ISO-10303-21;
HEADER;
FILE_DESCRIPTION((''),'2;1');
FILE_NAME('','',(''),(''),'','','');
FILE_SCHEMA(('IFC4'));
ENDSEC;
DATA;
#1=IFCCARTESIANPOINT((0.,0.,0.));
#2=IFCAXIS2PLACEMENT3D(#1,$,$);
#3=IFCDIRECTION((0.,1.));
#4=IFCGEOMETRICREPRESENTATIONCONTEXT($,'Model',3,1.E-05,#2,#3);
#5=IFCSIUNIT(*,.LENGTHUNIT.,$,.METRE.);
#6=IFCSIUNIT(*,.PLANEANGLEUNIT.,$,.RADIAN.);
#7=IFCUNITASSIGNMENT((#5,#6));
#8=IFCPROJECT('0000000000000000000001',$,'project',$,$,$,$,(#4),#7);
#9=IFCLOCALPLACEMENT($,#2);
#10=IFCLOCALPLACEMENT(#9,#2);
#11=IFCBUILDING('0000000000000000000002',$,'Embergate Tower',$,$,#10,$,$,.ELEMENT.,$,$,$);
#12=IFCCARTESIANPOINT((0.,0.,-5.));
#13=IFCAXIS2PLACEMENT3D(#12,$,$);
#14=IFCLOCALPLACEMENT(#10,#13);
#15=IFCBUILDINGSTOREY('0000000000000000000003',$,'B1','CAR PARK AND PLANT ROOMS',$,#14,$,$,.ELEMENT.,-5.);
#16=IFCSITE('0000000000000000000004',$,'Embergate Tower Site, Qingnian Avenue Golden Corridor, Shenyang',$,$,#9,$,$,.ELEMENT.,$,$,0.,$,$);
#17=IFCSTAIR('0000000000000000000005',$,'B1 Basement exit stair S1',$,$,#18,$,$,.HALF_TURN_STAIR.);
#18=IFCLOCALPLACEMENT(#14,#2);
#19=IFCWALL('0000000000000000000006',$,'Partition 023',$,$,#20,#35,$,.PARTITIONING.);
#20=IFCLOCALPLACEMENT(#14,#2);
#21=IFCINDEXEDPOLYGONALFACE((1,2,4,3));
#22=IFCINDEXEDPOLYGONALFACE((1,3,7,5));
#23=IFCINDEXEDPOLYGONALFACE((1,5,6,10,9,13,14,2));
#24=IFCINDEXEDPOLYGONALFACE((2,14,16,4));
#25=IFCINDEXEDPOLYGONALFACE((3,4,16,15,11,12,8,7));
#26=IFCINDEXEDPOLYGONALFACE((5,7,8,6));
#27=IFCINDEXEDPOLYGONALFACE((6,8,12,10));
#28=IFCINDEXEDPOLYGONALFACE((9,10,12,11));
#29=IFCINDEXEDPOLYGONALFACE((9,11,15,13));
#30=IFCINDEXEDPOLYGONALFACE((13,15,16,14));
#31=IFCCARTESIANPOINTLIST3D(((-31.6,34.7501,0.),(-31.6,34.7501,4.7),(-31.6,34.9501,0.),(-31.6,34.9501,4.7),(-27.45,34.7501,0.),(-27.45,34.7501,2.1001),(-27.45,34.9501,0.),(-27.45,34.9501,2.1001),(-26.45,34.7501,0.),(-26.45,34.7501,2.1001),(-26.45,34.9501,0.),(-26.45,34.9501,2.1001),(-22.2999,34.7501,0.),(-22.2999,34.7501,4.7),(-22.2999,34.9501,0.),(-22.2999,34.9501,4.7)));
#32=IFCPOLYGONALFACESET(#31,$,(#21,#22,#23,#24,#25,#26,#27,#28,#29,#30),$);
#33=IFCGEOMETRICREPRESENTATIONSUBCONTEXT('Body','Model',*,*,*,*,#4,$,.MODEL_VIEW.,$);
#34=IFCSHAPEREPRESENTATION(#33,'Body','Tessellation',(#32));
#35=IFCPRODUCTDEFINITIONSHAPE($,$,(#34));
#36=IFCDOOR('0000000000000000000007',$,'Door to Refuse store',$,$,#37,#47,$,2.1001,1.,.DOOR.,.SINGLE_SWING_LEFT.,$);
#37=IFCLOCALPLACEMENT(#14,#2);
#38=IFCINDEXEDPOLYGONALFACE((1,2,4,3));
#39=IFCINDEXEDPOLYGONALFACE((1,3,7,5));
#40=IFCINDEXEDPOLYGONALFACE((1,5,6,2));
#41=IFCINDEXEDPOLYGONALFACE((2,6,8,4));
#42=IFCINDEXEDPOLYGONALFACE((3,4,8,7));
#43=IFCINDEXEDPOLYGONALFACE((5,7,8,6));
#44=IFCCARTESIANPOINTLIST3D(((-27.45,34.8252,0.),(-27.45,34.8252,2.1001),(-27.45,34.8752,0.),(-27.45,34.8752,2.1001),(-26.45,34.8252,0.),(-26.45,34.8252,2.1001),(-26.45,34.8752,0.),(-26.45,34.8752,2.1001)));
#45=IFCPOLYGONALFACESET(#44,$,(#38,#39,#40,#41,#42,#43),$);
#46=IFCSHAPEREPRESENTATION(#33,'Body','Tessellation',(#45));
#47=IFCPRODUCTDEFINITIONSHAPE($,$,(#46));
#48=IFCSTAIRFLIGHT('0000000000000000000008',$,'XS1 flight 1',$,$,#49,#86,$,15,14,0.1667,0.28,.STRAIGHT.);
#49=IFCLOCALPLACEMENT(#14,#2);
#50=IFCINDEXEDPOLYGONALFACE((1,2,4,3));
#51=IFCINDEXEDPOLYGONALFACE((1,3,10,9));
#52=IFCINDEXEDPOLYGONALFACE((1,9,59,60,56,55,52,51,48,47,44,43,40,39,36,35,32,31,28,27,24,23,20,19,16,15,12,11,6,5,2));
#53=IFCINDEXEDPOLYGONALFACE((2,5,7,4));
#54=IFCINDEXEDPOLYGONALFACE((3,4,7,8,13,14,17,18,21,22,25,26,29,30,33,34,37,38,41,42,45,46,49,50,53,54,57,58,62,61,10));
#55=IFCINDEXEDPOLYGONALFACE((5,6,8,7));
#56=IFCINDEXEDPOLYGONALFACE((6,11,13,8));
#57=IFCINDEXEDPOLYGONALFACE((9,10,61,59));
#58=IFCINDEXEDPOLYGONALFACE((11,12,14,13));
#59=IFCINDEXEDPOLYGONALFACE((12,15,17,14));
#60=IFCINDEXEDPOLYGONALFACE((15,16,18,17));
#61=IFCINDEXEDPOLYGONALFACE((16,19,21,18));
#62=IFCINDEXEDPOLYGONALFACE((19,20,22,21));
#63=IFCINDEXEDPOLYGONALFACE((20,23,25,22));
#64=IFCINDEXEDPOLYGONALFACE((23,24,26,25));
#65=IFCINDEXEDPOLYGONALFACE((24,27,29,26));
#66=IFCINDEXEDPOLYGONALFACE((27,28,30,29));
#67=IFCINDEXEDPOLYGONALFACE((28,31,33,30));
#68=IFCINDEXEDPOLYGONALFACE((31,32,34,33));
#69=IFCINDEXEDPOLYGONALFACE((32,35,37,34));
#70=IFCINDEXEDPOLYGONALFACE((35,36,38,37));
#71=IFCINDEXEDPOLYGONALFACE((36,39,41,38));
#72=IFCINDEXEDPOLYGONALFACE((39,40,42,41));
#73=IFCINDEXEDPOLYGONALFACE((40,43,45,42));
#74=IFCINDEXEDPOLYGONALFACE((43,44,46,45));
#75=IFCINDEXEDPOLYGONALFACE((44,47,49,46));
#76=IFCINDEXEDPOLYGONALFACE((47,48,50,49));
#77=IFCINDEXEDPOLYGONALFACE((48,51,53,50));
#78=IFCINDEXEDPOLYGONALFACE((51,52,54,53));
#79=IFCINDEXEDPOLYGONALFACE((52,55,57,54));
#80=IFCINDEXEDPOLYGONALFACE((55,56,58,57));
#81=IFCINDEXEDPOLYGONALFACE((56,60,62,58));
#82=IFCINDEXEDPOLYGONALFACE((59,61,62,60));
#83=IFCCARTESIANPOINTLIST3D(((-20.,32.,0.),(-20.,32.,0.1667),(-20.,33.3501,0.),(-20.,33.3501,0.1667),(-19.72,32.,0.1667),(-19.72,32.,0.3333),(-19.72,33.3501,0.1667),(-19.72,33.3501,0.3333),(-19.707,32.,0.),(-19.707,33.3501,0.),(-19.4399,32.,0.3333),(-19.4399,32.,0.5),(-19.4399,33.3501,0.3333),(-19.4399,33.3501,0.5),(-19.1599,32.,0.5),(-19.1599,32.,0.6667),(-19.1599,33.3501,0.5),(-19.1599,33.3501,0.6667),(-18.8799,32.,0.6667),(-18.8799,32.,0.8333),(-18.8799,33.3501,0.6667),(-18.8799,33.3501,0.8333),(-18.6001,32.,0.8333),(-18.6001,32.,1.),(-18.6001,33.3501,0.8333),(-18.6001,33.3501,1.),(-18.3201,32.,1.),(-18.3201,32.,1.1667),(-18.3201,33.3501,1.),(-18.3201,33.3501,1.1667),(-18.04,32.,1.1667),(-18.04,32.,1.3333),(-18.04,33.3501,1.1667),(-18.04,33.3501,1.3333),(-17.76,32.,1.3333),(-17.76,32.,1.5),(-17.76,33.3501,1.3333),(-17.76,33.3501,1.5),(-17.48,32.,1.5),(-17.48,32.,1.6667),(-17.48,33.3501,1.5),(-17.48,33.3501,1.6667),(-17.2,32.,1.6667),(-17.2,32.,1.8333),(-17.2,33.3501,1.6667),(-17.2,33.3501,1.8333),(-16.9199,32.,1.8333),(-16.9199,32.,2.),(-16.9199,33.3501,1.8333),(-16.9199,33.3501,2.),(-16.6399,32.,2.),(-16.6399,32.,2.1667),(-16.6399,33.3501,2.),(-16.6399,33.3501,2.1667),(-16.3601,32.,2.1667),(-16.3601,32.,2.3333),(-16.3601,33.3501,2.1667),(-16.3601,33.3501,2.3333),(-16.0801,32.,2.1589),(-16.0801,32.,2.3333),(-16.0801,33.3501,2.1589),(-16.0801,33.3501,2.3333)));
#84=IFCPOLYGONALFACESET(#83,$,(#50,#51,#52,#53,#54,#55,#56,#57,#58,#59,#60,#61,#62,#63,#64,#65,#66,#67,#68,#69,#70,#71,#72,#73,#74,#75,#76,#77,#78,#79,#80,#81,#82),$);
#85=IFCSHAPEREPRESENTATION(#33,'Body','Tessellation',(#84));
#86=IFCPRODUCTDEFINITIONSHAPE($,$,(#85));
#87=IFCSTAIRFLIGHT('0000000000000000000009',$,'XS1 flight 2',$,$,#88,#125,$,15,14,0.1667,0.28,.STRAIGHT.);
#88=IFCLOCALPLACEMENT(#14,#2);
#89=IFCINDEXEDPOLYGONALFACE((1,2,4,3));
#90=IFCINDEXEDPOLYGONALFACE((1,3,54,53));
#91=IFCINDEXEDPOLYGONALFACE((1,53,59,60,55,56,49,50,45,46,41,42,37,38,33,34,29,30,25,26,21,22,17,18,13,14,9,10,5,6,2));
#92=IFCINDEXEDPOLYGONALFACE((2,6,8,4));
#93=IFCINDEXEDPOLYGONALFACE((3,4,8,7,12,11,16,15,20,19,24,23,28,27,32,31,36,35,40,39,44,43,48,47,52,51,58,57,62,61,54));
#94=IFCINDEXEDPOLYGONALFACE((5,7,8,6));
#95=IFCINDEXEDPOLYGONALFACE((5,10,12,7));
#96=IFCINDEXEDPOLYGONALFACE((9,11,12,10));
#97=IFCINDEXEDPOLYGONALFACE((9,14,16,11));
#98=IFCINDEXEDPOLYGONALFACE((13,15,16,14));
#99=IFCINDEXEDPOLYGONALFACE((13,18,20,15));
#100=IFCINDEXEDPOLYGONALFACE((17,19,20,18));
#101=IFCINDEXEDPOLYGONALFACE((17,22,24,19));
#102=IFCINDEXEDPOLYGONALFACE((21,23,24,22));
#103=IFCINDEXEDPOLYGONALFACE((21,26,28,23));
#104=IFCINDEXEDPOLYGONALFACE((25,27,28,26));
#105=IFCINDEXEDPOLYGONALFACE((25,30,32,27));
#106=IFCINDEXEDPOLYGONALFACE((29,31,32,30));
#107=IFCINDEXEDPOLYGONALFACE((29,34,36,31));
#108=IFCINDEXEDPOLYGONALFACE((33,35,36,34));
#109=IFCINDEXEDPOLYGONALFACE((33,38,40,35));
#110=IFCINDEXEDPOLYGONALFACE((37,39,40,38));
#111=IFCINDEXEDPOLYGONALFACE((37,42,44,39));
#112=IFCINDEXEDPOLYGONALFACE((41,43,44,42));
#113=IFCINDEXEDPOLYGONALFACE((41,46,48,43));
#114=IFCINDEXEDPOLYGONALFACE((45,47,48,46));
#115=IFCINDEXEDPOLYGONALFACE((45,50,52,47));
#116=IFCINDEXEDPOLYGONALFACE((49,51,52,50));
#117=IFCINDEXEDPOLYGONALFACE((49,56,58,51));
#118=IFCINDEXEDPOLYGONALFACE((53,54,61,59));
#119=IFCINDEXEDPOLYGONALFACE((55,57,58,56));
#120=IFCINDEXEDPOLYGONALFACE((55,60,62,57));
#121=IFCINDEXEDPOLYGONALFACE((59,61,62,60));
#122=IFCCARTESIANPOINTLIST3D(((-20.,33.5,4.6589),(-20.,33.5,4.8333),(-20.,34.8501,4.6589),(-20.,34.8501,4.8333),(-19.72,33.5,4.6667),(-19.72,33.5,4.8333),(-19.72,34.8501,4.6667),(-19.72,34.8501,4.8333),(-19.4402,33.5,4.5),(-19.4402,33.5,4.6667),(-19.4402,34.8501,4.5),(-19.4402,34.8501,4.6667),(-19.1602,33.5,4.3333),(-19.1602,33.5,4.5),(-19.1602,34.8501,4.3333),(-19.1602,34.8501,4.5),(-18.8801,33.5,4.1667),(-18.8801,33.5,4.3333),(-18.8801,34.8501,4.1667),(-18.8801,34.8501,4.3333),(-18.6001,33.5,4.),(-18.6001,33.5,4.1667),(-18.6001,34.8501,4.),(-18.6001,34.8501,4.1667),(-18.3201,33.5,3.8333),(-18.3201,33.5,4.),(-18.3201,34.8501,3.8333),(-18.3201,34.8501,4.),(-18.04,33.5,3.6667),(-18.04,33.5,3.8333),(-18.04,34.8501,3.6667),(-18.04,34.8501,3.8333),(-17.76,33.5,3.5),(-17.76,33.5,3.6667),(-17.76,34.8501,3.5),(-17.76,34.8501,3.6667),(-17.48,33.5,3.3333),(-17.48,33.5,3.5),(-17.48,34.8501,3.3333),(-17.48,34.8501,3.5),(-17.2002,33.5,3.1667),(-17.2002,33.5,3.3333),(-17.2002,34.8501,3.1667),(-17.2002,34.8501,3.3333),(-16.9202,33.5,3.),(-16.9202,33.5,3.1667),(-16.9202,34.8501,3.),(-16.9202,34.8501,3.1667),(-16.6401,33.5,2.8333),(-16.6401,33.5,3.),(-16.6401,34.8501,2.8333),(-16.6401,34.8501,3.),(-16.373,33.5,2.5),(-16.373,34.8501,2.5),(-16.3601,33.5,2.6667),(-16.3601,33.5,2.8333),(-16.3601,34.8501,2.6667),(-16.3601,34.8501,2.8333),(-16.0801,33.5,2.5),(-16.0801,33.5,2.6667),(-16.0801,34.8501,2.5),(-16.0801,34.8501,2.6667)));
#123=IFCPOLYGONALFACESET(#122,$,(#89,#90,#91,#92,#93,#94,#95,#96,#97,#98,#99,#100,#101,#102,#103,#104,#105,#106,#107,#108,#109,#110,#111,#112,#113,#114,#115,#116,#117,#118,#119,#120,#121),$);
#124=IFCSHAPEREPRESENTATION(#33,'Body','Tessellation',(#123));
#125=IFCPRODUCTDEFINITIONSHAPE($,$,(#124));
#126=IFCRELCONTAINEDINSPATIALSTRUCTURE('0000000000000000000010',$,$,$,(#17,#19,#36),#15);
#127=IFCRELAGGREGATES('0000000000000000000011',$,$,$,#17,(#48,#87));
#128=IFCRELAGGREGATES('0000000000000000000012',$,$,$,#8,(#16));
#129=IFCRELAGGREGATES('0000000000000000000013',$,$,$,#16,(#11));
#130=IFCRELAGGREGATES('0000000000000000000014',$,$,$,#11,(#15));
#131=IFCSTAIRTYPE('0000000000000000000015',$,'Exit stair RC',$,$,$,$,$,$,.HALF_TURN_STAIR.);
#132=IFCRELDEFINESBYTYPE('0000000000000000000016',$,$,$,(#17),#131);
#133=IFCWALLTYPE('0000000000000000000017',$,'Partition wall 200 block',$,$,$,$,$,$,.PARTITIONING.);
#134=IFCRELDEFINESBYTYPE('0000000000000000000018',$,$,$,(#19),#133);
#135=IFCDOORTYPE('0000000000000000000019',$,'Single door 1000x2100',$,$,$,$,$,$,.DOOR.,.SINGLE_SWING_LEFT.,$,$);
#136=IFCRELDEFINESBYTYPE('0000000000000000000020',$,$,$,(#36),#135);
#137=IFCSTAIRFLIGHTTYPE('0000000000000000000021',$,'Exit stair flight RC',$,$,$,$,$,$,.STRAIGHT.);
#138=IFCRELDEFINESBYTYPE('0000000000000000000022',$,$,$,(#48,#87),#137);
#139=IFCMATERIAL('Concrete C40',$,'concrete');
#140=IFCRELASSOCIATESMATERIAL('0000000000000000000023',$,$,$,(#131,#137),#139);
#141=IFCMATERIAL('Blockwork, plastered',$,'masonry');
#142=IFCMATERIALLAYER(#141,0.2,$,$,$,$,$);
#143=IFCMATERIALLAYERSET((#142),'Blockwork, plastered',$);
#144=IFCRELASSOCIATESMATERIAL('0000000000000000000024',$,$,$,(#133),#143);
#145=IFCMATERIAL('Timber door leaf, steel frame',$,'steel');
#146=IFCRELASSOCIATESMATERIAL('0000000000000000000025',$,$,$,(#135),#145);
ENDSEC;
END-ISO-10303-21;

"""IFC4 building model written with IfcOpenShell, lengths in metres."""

from ifc_helpers import new_model, si_unit, direction, frame, frame_2d, origin, place, context, subcontext, project, spatial, polyline, rectangle, outline, extrude, source, transform, mapped, material, layer, layer_set, type_object, element, fill, aggregate, save


model = new_model("IFC4")

# Units and contexts
model_context = context("Model", 3, precision=1e-05, world=origin(), true_north=direction((0.0, 1.0)))
body_context = subcontext(model_context, "Body", "Model", "MODEL_VIEW")
ifc_project = project(units=[si_unit("LENGTHUNIT", "METRE"), si_unit("PLANEANGLEUNIT", "RADIAN")], contexts=[model_context])

# Site, building, storey
site_placement = place(None, origin())
site = spatial("IfcSite", under=ifc_project, at=site_placement, Name="Embergate Tower Site, Qingnian Avenue Golden Corridor, Shenyang", CompositionType="ELEMENT", RefElevation=0.0)
building_placement = place(site_placement, origin())
building = spatial("IfcBuilding", under=site, at=building_placement, Name="Embergate Tower", CompositionType="ELEMENT")
storey_placement = place(building_placement, frame((0.0, 0.0, -5.0)))
storey = spatial("IfcBuildingStorey", under=building, at=storey_placement, Name="B1", Description="CAR PARK AND PLANT ROOMS", CompositionType="ELEMENT", Elevation=-5.0)

# Stair
ifc_material_1 = material(Name="Concrete C40", Category="concrete")
stair_type = type_object("IfcStairType", Name="Exit stair RC", PredefinedType="HALF_TURN_STAIR", material=ifc_material_1)
stair_placement = place(storey_placement, origin())
stair = element("IfcStair", 1, at=stair_placement, inside=storey, type_object=stair_type, Name="B1 Basement exit stair S1", PredefinedType="HALF_TURN_STAIR")

# Shared definitions
ifc_material_2 = material(Name="Blockwork, plastered", Category="masonry")
ifc_layer_1 = layer(ifc_material_2, 0.2)
ifc_layer_set_1 = layer_set([ifc_layer_1], Name="Blockwork, plastered")
wall_type_1 = type_object("IfcWallType", Name="Partition wall 200 block", PredefinedType="PARTITIONING", material=ifc_layer_set_1)

# Shared definitions
shared_shape_1 = source(origin(), body_context, "Body", "SweptSolid", [
    extrude(rectangle(XDim=9.3, YDim=0.2, at=frame_2d((4.6499, 0.0))), origin(), (0.0, 0.0, 1.0), 4.7),
])

# Wall, opening, door
wall_1_placement = place(storey_placement, frame((-22.3, 34.8501, 0.0), z_axis=(0.0, 0.0, 1.0), x_axis=(-1.0, 0.0, 0.0)))
wall_1 = element("IfcWall", 2, at=wall_1_placement, inside=storey, type_object=wall_type_1, Name="Partition 023", PredefinedType="PARTITIONING", context=body_context, shape_type="MappedRepresentation", body=[
    mapped(shared_shape_1, transform((0.0, 0.0, 0.0))),
])
shared_shape_2 = source(origin(), body_context, "Body", "SweptSolid", [
    extrude(rectangle(XDim=1.0, YDim=2.1001, at=frame_2d((0.5, 1.05))), frame((0.0, 0.1099, 0.0), z_axis=(0.0, -1.0, 0.0), x_axis=(1.0, 0.0, 0.0)), (0.0, 0.0, 1.0), 0.22),
])
opening_1_placement = place(wall_1_placement, frame((4.1499, 0.0, 0.0)))
opening_1 = element("IfcOpeningElement", 3, at=opening_1_placement, cuts=wall_1, PredefinedType="OPENING", context=body_context, shape_type="MappedRepresentation", body=[
    mapped(shared_shape_2, transform((0.0, 0.0, 0.0))),
])
ifc_material_3 = material(Name="Timber door leaf, steel frame", Category="steel")
door_type_1 = type_object("IfcDoorType", Name="Single door 1000x2100", OperationType="SINGLE_SWING_LEFT", PredefinedType="DOOR", material=ifc_material_3)
shared_shape_3 = source(origin(), body_context, "Body", "SweptSolid", [
    extrude(rectangle(XDim=1.0, YDim=2.1001, at=frame_2d((0.5, 1.05))), frame((0.0, 0.0249, 0.0), z_axis=(0.0, -1.0, 0.0), x_axis=(1.0, 0.0, 0.0)), (0.0, 0.0, 1.0), 0.05),
])
door_1_placement = place(opening_1_placement, origin())
door_1 = element("IfcDoor", 4, at=door_1_placement, inside=storey, type_object=door_type_1, Name="Door to Refuse store", OperationType="SINGLE_SWING_LEFT", OverallHeight=2.1001, OverallWidth=1.0, PredefinedType="DOOR", context=body_context, shape_type="MappedRepresentation", body=[
    mapped(shared_shape_3, transform((0.0, 0.0, 0.0))),
])
fill(opening_1, door_1)

# Stair flights
stair_flight_type = type_object("IfcStairFlightType", Name="Exit stair flight RC", PredefinedType="STRAIGHT", material=ifc_material_1)
shared_shape_4 = source(origin(), body_context, "Body", "SweptSolid", [
    extrude(outline(polyline([(0.0, 0.0), (0.0, 0.1667), (0.28, 0.1667), (0.28, 0.3333), (0.5601, 0.3333), (0.5601, 0.5), (0.8401, 0.5), (0.8401, 0.6667), (1.1201, 0.6667), (1.1201, 0.8333), (1.3999, 0.8333), (1.3999, 1.0), (1.6799, 1.0), (1.6799, 1.1667), (1.96, 1.1667), (1.96, 1.3333), (2.24, 1.3333), (2.24, 1.5), (2.52, 1.5), (2.52, 1.6667), (2.8, 1.6667), (2.8, 1.8333), (3.0801, 1.8333), (3.0801, 2.0), (3.3601, 2.0), (3.3601, 2.1667), (3.6399, 2.1667), (3.6399, 2.3333), (3.9199, 2.3333), (3.9199, 2.5), (3.9199, 2.1589), (0.293, 0.0), (0.0, 0.0)])), frame((0.0, 0.675, 0.0), z_axis=(0.0, -1.0, 0.0), x_axis=(1.0, 0.0, 0.0)), (0.0, 0.0, 1.0), 1.3501),
])
stair_flight_1_placement = place(storey_placement, frame((-20.0, 32.675, 0.0), z_axis=(0.0, 0.0, 1.0), x_axis=(1.0, 0.0, 0.0)))
stair_flight_1 = element("IfcStairFlight", 5, at=stair_flight_1_placement, type_object=stair_flight_type, Name="XS1 flight 1", NumberOfRisers=15, NumberOfTreads=14, PredefinedType="STRAIGHT", RiserHeight=0.1667, TreadLength=0.28, context=body_context, shape_type="MappedRepresentation", body=[
    mapped(shared_shape_4, transform((0.0, 0.0, 0.0))),
])
stair_flight_2_placement = place(storey_placement, frame((-16.0801, 34.175, 2.5), z_axis=(0.0, 0.0, 1.0), x_axis=(-1.0, 0.0, 0.0)))
stair_flight_2 = element("IfcStairFlight", 6, at=stair_flight_2_placement, type_object=stair_flight_type, Name="XS1 flight 2", NumberOfRisers=15, NumberOfTreads=14, PredefinedType="STRAIGHT", RiserHeight=0.1667, TreadLength=0.28, context=body_context, shape_type="MappedRepresentation", body=[
    mapped(shared_shape_4, transform((0.0, 0.0, 0.0))),
])
aggregate(stair, [stair_flight_1, stair_flight_2])

save(model, "model.ifc")
